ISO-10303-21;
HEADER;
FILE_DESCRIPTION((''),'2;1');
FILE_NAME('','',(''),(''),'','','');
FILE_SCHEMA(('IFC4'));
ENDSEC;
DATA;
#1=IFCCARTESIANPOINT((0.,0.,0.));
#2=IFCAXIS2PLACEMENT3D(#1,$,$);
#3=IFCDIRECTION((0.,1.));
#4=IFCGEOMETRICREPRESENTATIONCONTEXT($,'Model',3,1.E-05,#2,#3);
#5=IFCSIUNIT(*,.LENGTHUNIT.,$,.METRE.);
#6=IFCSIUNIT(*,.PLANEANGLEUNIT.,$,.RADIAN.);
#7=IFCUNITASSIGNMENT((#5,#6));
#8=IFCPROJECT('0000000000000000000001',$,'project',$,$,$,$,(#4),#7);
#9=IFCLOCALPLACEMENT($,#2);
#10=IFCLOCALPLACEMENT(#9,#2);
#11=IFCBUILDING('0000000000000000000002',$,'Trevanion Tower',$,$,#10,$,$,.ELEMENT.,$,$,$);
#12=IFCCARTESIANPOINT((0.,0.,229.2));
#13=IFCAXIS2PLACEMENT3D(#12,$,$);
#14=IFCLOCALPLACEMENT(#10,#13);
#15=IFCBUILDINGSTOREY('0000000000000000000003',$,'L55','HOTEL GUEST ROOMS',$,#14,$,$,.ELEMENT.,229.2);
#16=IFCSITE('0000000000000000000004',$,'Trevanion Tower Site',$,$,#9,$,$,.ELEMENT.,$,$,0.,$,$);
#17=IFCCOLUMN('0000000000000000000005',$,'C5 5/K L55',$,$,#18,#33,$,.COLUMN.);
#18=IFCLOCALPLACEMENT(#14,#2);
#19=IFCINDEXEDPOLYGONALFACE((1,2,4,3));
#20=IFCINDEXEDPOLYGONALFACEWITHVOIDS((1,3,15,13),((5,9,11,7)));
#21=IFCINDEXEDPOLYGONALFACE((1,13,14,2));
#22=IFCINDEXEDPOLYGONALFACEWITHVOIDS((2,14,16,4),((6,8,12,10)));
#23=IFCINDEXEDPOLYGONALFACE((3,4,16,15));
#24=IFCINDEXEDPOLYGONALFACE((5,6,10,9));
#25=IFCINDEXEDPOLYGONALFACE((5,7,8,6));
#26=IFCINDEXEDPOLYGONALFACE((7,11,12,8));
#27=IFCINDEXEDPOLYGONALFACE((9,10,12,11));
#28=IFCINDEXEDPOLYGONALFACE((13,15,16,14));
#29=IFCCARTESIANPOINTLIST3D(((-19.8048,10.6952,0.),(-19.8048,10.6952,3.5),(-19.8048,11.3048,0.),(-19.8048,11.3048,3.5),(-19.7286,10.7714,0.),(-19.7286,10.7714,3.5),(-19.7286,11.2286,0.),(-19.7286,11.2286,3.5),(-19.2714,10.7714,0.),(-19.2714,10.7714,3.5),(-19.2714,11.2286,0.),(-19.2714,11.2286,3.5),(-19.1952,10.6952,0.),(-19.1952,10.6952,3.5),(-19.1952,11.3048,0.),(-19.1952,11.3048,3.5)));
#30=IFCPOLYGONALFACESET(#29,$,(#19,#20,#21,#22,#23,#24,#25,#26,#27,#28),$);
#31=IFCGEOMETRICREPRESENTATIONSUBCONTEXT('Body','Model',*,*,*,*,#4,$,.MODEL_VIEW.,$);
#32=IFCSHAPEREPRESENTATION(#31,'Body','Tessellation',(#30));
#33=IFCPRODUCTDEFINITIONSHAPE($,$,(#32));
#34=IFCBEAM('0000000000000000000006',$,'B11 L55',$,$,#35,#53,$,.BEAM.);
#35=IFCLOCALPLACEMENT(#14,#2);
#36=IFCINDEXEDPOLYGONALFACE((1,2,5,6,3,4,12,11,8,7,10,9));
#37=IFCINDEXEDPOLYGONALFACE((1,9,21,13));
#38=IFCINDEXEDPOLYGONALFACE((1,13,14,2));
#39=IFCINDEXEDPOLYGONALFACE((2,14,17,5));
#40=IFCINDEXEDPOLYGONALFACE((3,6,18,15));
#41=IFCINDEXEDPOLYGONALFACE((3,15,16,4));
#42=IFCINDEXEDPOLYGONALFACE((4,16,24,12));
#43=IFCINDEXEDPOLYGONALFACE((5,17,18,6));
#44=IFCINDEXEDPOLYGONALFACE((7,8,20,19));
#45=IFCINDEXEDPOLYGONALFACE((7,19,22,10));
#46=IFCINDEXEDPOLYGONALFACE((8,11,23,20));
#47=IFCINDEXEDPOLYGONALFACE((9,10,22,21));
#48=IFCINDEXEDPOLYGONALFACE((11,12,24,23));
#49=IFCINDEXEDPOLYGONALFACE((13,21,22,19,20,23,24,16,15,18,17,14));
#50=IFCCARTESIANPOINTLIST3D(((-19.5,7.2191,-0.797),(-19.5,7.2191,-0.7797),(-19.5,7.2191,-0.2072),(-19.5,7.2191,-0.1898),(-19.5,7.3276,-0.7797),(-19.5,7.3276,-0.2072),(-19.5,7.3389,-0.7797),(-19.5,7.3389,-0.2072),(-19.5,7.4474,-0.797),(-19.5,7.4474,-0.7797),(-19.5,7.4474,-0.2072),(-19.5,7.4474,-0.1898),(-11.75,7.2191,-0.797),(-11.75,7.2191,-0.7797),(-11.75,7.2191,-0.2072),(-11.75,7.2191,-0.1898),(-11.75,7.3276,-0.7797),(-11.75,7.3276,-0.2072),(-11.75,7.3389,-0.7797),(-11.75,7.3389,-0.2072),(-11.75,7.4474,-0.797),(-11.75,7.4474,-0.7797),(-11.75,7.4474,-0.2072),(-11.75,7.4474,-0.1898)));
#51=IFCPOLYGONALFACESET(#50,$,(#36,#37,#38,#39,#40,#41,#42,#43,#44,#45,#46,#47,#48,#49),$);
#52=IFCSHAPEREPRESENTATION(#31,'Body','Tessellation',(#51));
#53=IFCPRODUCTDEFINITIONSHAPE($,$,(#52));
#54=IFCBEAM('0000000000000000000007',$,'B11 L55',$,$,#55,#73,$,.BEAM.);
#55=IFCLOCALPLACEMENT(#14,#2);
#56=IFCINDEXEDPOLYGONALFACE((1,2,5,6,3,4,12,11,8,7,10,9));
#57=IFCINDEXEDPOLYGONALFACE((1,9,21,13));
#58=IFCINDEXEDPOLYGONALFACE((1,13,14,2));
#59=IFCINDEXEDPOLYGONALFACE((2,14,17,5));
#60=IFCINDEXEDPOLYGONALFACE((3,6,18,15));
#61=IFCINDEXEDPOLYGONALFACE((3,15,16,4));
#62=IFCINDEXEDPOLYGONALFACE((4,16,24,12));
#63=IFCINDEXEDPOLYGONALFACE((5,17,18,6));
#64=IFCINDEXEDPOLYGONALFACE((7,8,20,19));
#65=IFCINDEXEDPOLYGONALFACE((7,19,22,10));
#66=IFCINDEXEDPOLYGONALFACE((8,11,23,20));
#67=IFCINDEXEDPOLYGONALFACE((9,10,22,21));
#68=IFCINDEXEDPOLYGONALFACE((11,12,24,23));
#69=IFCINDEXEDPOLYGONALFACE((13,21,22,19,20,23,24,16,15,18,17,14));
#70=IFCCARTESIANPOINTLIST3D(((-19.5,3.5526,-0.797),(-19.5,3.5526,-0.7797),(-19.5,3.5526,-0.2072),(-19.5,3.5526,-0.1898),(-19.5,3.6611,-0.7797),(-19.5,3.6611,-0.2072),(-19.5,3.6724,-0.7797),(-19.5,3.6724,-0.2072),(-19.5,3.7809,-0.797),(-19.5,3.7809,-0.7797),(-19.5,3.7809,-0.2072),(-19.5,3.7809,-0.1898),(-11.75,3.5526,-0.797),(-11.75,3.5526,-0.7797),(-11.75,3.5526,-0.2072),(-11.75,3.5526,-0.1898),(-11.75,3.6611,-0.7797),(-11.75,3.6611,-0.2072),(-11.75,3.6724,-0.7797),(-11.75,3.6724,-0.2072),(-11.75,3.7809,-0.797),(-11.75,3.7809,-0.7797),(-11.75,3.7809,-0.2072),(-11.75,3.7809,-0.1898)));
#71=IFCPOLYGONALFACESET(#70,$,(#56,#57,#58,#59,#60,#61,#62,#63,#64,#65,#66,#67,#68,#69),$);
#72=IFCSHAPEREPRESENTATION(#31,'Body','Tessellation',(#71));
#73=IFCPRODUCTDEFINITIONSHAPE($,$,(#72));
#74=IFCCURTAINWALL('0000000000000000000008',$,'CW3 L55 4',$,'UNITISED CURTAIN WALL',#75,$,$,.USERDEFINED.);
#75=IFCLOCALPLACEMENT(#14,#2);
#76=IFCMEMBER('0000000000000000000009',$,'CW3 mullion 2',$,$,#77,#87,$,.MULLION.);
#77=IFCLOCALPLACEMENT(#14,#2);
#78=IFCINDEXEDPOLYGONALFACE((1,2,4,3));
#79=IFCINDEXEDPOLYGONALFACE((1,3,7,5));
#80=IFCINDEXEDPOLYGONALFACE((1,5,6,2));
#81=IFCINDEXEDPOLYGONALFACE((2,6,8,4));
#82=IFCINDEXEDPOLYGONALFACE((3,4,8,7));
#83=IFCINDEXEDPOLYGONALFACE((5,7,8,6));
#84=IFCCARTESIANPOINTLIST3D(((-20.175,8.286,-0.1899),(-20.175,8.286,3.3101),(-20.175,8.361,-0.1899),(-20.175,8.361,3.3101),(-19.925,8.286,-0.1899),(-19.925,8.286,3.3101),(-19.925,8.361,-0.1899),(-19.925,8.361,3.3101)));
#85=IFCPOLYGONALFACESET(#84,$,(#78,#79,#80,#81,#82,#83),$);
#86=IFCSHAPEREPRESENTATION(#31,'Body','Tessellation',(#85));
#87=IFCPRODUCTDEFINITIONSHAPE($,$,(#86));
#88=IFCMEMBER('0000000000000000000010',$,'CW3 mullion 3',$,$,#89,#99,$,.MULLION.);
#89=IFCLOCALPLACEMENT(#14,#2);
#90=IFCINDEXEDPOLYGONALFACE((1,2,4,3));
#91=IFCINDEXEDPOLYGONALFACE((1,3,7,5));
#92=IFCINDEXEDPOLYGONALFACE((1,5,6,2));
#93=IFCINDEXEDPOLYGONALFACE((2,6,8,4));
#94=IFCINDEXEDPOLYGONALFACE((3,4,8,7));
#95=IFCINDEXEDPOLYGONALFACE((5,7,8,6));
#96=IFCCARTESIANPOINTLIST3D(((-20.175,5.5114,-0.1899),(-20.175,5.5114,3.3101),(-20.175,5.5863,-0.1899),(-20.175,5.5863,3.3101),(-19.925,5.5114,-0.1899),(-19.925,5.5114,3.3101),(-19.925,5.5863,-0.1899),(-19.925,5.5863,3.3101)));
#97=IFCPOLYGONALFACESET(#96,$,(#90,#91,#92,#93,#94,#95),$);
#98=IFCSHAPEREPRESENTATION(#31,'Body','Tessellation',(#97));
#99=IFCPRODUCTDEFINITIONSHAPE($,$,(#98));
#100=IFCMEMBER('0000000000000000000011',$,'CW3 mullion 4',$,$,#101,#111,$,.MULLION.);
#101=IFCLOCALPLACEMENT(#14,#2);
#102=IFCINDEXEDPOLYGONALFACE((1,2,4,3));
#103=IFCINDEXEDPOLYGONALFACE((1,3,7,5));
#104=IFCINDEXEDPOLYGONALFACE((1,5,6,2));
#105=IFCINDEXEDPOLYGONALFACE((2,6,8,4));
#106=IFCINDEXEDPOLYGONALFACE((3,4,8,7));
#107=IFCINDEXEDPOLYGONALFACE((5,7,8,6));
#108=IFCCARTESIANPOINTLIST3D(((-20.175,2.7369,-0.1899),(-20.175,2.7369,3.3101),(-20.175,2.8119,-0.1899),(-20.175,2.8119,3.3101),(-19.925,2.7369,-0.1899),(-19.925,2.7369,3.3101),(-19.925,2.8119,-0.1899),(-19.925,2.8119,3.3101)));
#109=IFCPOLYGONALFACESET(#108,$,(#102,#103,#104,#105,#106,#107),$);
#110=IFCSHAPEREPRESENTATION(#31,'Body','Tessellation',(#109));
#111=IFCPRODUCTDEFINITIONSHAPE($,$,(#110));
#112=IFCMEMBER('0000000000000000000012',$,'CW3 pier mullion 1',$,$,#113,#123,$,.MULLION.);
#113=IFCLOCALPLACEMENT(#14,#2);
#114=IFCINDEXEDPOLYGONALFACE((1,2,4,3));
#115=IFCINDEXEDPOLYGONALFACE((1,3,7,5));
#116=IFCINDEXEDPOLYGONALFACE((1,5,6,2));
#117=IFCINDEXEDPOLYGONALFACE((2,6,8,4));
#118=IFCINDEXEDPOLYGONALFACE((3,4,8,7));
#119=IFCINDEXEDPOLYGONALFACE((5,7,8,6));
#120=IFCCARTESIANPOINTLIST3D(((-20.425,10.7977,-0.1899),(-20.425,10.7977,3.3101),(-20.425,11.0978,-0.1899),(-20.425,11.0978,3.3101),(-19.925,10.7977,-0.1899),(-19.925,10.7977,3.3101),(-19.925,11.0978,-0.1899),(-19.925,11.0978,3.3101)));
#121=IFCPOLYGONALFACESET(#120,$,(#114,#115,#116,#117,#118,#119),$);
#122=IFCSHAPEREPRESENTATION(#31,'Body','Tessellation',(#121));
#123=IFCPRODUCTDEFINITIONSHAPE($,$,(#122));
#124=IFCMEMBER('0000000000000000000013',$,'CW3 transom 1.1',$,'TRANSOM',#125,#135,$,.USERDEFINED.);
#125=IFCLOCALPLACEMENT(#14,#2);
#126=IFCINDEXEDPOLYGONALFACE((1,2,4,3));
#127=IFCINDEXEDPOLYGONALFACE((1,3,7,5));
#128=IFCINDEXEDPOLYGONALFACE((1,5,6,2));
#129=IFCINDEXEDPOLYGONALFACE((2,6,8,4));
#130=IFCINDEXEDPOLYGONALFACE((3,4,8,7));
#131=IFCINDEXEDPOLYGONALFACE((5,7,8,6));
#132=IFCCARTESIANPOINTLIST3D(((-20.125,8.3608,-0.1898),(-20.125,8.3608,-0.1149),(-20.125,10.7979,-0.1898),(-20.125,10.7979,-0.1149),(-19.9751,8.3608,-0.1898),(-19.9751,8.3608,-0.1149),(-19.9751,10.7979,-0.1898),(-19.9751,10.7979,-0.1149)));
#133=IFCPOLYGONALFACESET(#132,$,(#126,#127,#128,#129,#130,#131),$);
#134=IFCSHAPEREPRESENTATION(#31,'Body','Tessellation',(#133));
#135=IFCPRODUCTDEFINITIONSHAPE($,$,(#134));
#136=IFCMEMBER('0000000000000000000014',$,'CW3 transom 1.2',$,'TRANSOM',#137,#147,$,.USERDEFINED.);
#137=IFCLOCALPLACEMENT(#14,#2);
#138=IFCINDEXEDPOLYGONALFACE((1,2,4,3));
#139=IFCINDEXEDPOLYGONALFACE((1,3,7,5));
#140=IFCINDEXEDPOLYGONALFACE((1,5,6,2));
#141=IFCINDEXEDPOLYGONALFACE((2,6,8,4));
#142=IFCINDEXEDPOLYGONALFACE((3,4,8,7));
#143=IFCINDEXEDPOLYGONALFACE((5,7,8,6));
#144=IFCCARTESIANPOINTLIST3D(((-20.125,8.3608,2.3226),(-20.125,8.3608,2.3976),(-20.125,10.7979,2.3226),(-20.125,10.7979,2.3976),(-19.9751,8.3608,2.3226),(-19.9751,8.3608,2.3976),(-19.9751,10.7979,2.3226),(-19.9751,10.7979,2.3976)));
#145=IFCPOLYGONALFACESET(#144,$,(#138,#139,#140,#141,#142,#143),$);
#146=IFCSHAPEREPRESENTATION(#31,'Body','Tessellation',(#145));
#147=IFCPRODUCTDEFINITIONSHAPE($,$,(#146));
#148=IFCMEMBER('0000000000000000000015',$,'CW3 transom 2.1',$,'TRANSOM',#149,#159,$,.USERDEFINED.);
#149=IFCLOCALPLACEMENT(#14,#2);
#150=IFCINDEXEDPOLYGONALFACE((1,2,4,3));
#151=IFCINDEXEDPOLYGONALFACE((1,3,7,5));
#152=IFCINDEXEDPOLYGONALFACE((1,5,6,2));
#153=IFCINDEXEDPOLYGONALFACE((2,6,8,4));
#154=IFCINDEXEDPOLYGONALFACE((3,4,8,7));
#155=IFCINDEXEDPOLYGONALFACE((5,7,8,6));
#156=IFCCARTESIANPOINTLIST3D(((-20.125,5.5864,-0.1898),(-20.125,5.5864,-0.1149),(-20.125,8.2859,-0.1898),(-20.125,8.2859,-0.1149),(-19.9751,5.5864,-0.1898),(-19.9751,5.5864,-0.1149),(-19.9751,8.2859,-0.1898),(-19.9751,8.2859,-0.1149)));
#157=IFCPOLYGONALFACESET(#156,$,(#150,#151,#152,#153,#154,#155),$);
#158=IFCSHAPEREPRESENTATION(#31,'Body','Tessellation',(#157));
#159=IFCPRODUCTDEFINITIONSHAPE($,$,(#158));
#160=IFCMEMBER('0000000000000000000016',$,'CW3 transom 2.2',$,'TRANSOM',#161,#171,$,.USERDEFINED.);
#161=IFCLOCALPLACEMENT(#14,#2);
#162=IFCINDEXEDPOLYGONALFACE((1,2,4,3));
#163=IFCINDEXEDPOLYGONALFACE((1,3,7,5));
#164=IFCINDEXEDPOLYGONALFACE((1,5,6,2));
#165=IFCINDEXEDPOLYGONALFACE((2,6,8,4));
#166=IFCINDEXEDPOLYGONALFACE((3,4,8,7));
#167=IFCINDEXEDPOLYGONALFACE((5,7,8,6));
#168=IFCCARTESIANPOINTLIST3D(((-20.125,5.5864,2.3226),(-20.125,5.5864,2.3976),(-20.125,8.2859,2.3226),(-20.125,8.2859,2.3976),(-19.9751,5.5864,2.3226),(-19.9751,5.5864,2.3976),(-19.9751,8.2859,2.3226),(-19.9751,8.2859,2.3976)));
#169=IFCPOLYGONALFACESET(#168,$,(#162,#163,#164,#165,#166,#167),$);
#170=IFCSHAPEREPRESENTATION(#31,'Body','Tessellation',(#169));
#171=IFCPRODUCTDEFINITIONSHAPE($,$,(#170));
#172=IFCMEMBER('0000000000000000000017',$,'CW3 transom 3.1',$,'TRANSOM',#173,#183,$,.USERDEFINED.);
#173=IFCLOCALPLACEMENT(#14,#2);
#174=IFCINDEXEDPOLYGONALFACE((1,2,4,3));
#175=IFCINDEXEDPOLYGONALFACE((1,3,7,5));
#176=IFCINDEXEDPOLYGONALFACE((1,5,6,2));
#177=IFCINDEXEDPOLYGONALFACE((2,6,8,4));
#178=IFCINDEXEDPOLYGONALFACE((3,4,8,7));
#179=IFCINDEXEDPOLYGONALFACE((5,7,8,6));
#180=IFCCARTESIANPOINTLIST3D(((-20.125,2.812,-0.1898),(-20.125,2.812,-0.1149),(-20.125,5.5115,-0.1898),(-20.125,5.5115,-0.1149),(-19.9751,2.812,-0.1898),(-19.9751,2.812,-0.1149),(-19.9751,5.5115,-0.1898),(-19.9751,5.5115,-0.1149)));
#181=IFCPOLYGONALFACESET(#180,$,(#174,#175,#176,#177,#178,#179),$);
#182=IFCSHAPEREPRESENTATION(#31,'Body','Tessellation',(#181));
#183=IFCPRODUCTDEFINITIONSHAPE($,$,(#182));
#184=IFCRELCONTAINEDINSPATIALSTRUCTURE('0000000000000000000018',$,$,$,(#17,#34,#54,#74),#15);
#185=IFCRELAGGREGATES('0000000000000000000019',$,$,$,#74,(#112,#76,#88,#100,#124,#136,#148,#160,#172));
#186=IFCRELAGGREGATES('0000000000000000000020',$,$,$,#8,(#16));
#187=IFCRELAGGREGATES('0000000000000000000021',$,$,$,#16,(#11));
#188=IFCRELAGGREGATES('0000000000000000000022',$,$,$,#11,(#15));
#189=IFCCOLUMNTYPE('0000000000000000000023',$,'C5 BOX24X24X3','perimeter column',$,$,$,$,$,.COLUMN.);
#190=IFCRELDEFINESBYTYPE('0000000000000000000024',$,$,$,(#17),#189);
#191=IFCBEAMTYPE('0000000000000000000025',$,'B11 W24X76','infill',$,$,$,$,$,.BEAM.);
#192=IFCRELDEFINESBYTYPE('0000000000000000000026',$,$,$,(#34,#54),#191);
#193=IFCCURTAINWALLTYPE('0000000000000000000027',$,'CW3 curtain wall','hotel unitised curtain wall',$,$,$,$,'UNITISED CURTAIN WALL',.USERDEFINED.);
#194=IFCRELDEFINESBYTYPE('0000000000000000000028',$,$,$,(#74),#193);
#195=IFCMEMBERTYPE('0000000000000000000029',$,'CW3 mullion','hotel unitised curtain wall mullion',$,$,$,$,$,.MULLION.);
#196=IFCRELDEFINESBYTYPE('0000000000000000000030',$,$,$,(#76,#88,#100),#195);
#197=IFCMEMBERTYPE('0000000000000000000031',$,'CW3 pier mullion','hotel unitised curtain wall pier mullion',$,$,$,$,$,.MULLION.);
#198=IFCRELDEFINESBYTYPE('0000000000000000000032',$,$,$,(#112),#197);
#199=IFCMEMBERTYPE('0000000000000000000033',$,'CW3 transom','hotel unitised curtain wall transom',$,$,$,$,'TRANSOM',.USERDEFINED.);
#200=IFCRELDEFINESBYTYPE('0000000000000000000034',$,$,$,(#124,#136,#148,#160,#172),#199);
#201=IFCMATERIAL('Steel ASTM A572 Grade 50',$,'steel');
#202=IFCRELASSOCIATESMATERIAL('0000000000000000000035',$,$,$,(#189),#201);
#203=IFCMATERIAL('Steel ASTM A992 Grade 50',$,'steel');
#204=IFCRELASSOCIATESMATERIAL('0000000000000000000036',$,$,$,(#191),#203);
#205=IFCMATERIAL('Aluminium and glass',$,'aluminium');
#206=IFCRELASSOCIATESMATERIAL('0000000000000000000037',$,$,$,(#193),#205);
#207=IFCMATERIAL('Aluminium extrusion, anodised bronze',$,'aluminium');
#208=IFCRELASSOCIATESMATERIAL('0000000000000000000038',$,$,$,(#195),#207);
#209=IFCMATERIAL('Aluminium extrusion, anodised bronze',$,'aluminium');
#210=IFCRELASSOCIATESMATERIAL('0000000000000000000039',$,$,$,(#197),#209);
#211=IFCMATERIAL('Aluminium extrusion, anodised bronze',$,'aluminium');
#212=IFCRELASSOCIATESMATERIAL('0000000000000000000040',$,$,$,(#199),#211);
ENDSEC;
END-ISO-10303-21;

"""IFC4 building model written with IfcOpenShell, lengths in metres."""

from ifc_helpers import new_model, si_unit, direction, frame, origin, origin_2d, place, context, subcontext, project, spatial, rectangle, hollow_rectangle, i_section, extrude, material, material_profile, profile_set, type_object, element, aggregate, save


model = new_model("IFC4")

# Units and contexts
model_context = context("Model", 3, precision=1e-05, world=origin(), true_north=direction((0.0, 1.0)))
body_context = subcontext(model_context, "Body", "Model", "MODEL_VIEW")
ifc_project = project(units=[si_unit("LENGTHUNIT", "METRE"), si_unit("PLANEANGLEUNIT", "RADIAN")], contexts=[model_context])

# Site, building, storey
site_placement = place(None, origin())
site = spatial("IfcSite", under=ifc_project, at=site_placement, Name="Trevanion Tower Site", CompositionType="ELEMENT", RefElevation=0.0)
building_placement = place(site_placement, origin())
building = spatial("IfcBuilding", under=site, at=building_placement, Name="Trevanion Tower", CompositionType="ELEMENT")
storey_placement = place(building_placement, frame((0.0, 0.0, 229.2)))
storey = spatial("IfcBuildingStorey", under=building, at=storey_placement, Name="L55", Description="HOTEL GUEST ROOMS", CompositionType="ELEMENT", Elevation=229.2)

# Column
ifc_material_1 = material(Name="Steel ASTM A572 Grade 50", Category="steel")
ifc_material_profile_1 = material_profile(ifc_material_1, hollow_rectangle(XDim=0.6096, YDim=0.6096, WallThickness=0.0762, at=origin_2d()), Name="BOX24X24X3")
ifc_profile_set_1 = profile_set([ifc_material_profile_1], Name="Steel ASTM A572 Grade 50")
column_type = type_object("IfcColumnType", Name="C5 BOX24X24X3", Description="perimeter column", PredefinedType="COLUMN", material=ifc_profile_set_1)
column_placement = place(storey_placement, frame((-19.5, 11.0, 0.0), z_axis=(0.0, 0.0, 1.0), x_axis=(0.0, 1.0, 0.0)))
element("IfcColumn", 1, at=column_placement, inside=storey, type_object=column_type, Name="C5 5/K L55", PredefinedType="COLUMN", context=body_context, shape_type="SweptSolid", body=[
    extrude(hollow_rectangle(XDim=0.6096, YDim=0.6096, WallThickness=0.0762, at=origin_2d()), origin(), (0.0, 0.0, 1.0), 3.5),
])

# Beams
ifc_material_2 = material(Name="Steel ASTM A992 Grade 50", Category="steel")
ifc_material_profile_2 = material_profile(ifc_material_2, i_section(OverallWidth=0.2283, OverallDepth=0.6072, WebThickness=0.0112, FlangeThickness=0.0173, at=origin_2d()), Name="W24X76")
ifc_profile_set_2 = profile_set([ifc_material_profile_2], Name="Steel ASTM A992 Grade 50")
beam_type_1 = type_object("IfcBeamType", Name="B11 W24X76", Description="infill", PredefinedType="BEAM", material=ifc_profile_set_2)
for number, where, z_axis, x_axis, name in (
    (2, (-11.75, 7.3333, -0.4934), (-1.0, 0.0, 0.0), (0.0, -1.0, 0.0), "B11 L55"),
    (3, (-11.75, 3.6667, -0.4934), (-1.0, 0.0, 0.0), (0.0, -1.0, 0.0), "B11 L55"),
):
    element("IfcBeam", number, at=place(storey_placement, frame(where, z_axis=z_axis, x_axis=x_axis)), inside=storey, type_object=beam_type_1, Name=name, PredefinedType="BEAM", context=body_context, shape_type="SweptSolid", body=[
        extrude(i_section(OverallWidth=0.2283, OverallDepth=0.6072, WebThickness=0.0112, FlangeThickness=0.0173, at=origin_2d()), origin(), (0.0, 0.0, 1.0), 7.75),
    ])

# Curtain wall, members
ifc_material_3 = material(Name="Aluminium and glass", Category="aluminium")
curtain_wall_type = type_object("IfcCurtainWallType", Name="CW3 curtain wall", Description="hotel unitised curtain wall", ElementType="UNITISED CURTAIN WALL", PredefinedType="USERDEFINED", material=ifc_material_3)
curtain_wall_placement = place(storey_placement, origin())
curtain_wall = element("IfcCurtainWall", 4, at=curtain_wall_placement, inside=storey, type_object=curtain_wall_type, Name="CW3 L55 4", ObjectType="UNITISED CURTAIN WALL", PredefinedType="USERDEFINED")
ifc_material_4 = material(Name="Aluminium extrusion, anodised bronze", Category="aluminium")
ifc_material_profile_3 = material_profile(ifc_material_4, rectangle(XDim=0.075, YDim=0.25, at=origin_2d()), Name="CW3 mullion")
ifc_profile_set_3 = profile_set([ifc_material_profile_3], Name="Aluminium extrusion, anodised bronze")
member_type_1 = type_object("IfcMemberType", Name="CW3 mullion", Description="hotel unitised curtain wall mullion", PredefinedType="MULLION", material=ifc_profile_set_3)
member_1_placement = place(storey_placement, frame((-20.05, 8.3235, -0.1899), z_axis=(0.0, 0.0, 1.0), x_axis=(0.0, -1.0, 0.0)))
member_1 = element("IfcMember", 5, at=member_1_placement, type_object=member_type_1, Name="CW3 mullion 2", PredefinedType="MULLION", context=body_context, shape_type="SweptSolid", body=[
    extrude(rectangle(XDim=0.075, YDim=0.25, at=origin_2d()), origin(), (0.0, 0.0, 1.0), 3.5),
])
member_2_placement = place(storey_placement, frame((-20.05, 5.5488, -0.1899), z_axis=(0.0, 0.0, 1.0), x_axis=(0.0, -1.0, 0.0)))
member_2 = element("IfcMember", 6, at=member_2_placement, type_object=member_type_1, Name="CW3 mullion 3", PredefinedType="MULLION", context=body_context, shape_type="SweptSolid", body=[
    extrude(rectangle(XDim=0.075, YDim=0.25, at=origin_2d()), origin(), (0.0, 0.0, 1.0), 3.5),
])
member_3_placement = place(storey_placement, frame((-20.05, 2.7744, -0.1899), z_axis=(0.0, 0.0, 1.0), x_axis=(0.0, -1.0, 0.0)))
member_3 = element("IfcMember", 7, at=member_3_placement, type_object=member_type_1, Name="CW3 mullion 4", PredefinedType="MULLION", context=body_context, shape_type="SweptSolid", body=[
    extrude(rectangle(XDim=0.075, YDim=0.25, at=origin_2d()), origin(), (0.0, 0.0, 1.0), 3.5),
])
ifc_material_5 = material(Name="Aluminium extrusion, anodised bronze", Category="aluminium")
ifc_material_profile_4 = material_profile(ifc_material_5, rectangle(XDim=0.3, YDim=0.5, at=origin_2d()), Name="CW3 pier mullion")
ifc_profile_set_4 = profile_set([ifc_material_profile_4], Name="Aluminium extrusion, anodised bronze")
member_type_2 = type_object("IfcMemberType", Name="CW3 pier mullion", Description="hotel unitised curtain wall pier mullion", PredefinedType="MULLION", material=ifc_profile_set_4)
member_4_placement = place(storey_placement, frame((-20.175, 10.9478, -0.1899), z_axis=(0.0, 0.0, 1.0), x_axis=(0.0, -1.0, 0.0)))
member_4 = element("IfcMember", 8, at=member_4_placement, type_object=member_type_2, Name="CW3 pier mullion 1", PredefinedType="MULLION", context=body_context, shape_type="SweptSolid", body=[
    extrude(rectangle(XDim=0.3, YDim=0.5, at=origin_2d()), origin(), (0.0, 0.0, 1.0), 3.5),
])
ifc_material_6 = material(Name="Aluminium extrusion, anodised bronze", Category="aluminium")
ifc_material_profile_5 = material_profile(ifc_material_6, rectangle(XDim=0.1499, YDim=0.075, at=origin_2d()), Name="CW3 transom")
ifc_profile_set_5 = profile_set([ifc_material_profile_5], Name="Aluminium extrusion, anodised bronze")
member_type_3 = type_object("IfcMemberType", Name="CW3 transom", Description="hotel unitised curtain wall transom", ElementType="TRANSOM", PredefinedType="USERDEFINED", material=ifc_profile_set_5)
member_5_placement = place(storey_placement, frame((-20.05, 10.7979, -0.1523), z_axis=(0.0, -1.0, 0.0), x_axis=(1.0, 0.0, 0.0)))
member_5 = element("IfcMember", 9, at=member_5_placement, type_object=member_type_3, Name="CW3 transom 1.1", ObjectType="TRANSOM", PredefinedType="USERDEFINED", context=body_context, shape_type="SweptSolid", body=[
    extrude(rectangle(XDim=0.1499, YDim=0.075, at=origin_2d()), origin(), (0.0, 0.0, 1.0), 2.437),
])
member_6_placement = place(storey_placement, frame((-20.05, 10.7979, 2.3601), z_axis=(0.0, -1.0, 0.0), x_axis=(1.0, 0.0, 0.0)))
member_6 = element("IfcMember", 10, at=member_6_placement, type_object=member_type_3, Name="CW3 transom 1.2", ObjectType="TRANSOM", PredefinedType="USERDEFINED", context=body_context, shape_type="SweptSolid", body=[
    extrude(rectangle(XDim=0.1499, YDim=0.075, at=origin_2d()), origin(), (0.0, 0.0, 1.0), 2.437),
])
member_7_placement = place(storey_placement, frame((-20.05, 8.2859, -0.1523), z_axis=(0.0, -1.0, 0.0), x_axis=(1.0, 0.0, 0.0)))
member_7 = element("IfcMember", 11, at=member_7_placement, type_object=member_type_3, Name="CW3 transom 2.1", ObjectType="TRANSOM", PredefinedType="USERDEFINED", context=body_context, shape_type="SweptSolid", body=[
    extrude(rectangle(XDim=0.1499, YDim=0.075, at=origin_2d()), origin(), (0.0, 0.0, 1.0), 2.6995),
])
member_8_placement = place(storey_placement, frame((-20.05, 8.2859, 2.3601), z_axis=(0.0, -1.0, 0.0), x_axis=(1.0, 0.0, 0.0)))
member_8 = element("IfcMember", 12, at=member_8_placement, type_object=member_type_3, Name="CW3 transom 2.2", ObjectType="TRANSOM", PredefinedType="USERDEFINED", context=body_context, shape_type="SweptSolid", body=[
    extrude(rectangle(XDim=0.1499, YDim=0.075, at=origin_2d()), origin(), (0.0, 0.0, 1.0), 2.6995),
])
member_9_placement = place(storey_placement, frame((-20.05, 5.5115, -0.1523), z_axis=(0.0, -1.0, 0.0), x_axis=(1.0, 0.0, 0.0)))
member_9 = element("IfcMember", 13, at=member_9_placement, type_object=member_type_3, Name="CW3 transom 3.1", ObjectType="TRANSOM", PredefinedType="USERDEFINED", context=body_context, shape_type="SweptSolid", body=[
    extrude(rectangle(XDim=0.1499, YDim=0.075, at=origin_2d()), origin(), (0.0, 0.0, 1.0), 2.6995),
])

aggregate(curtain_wall, [member_4, member_1, member_2, member_3, member_5, member_6, member_7, member_8, member_9])

save(model, "model.ifc")
